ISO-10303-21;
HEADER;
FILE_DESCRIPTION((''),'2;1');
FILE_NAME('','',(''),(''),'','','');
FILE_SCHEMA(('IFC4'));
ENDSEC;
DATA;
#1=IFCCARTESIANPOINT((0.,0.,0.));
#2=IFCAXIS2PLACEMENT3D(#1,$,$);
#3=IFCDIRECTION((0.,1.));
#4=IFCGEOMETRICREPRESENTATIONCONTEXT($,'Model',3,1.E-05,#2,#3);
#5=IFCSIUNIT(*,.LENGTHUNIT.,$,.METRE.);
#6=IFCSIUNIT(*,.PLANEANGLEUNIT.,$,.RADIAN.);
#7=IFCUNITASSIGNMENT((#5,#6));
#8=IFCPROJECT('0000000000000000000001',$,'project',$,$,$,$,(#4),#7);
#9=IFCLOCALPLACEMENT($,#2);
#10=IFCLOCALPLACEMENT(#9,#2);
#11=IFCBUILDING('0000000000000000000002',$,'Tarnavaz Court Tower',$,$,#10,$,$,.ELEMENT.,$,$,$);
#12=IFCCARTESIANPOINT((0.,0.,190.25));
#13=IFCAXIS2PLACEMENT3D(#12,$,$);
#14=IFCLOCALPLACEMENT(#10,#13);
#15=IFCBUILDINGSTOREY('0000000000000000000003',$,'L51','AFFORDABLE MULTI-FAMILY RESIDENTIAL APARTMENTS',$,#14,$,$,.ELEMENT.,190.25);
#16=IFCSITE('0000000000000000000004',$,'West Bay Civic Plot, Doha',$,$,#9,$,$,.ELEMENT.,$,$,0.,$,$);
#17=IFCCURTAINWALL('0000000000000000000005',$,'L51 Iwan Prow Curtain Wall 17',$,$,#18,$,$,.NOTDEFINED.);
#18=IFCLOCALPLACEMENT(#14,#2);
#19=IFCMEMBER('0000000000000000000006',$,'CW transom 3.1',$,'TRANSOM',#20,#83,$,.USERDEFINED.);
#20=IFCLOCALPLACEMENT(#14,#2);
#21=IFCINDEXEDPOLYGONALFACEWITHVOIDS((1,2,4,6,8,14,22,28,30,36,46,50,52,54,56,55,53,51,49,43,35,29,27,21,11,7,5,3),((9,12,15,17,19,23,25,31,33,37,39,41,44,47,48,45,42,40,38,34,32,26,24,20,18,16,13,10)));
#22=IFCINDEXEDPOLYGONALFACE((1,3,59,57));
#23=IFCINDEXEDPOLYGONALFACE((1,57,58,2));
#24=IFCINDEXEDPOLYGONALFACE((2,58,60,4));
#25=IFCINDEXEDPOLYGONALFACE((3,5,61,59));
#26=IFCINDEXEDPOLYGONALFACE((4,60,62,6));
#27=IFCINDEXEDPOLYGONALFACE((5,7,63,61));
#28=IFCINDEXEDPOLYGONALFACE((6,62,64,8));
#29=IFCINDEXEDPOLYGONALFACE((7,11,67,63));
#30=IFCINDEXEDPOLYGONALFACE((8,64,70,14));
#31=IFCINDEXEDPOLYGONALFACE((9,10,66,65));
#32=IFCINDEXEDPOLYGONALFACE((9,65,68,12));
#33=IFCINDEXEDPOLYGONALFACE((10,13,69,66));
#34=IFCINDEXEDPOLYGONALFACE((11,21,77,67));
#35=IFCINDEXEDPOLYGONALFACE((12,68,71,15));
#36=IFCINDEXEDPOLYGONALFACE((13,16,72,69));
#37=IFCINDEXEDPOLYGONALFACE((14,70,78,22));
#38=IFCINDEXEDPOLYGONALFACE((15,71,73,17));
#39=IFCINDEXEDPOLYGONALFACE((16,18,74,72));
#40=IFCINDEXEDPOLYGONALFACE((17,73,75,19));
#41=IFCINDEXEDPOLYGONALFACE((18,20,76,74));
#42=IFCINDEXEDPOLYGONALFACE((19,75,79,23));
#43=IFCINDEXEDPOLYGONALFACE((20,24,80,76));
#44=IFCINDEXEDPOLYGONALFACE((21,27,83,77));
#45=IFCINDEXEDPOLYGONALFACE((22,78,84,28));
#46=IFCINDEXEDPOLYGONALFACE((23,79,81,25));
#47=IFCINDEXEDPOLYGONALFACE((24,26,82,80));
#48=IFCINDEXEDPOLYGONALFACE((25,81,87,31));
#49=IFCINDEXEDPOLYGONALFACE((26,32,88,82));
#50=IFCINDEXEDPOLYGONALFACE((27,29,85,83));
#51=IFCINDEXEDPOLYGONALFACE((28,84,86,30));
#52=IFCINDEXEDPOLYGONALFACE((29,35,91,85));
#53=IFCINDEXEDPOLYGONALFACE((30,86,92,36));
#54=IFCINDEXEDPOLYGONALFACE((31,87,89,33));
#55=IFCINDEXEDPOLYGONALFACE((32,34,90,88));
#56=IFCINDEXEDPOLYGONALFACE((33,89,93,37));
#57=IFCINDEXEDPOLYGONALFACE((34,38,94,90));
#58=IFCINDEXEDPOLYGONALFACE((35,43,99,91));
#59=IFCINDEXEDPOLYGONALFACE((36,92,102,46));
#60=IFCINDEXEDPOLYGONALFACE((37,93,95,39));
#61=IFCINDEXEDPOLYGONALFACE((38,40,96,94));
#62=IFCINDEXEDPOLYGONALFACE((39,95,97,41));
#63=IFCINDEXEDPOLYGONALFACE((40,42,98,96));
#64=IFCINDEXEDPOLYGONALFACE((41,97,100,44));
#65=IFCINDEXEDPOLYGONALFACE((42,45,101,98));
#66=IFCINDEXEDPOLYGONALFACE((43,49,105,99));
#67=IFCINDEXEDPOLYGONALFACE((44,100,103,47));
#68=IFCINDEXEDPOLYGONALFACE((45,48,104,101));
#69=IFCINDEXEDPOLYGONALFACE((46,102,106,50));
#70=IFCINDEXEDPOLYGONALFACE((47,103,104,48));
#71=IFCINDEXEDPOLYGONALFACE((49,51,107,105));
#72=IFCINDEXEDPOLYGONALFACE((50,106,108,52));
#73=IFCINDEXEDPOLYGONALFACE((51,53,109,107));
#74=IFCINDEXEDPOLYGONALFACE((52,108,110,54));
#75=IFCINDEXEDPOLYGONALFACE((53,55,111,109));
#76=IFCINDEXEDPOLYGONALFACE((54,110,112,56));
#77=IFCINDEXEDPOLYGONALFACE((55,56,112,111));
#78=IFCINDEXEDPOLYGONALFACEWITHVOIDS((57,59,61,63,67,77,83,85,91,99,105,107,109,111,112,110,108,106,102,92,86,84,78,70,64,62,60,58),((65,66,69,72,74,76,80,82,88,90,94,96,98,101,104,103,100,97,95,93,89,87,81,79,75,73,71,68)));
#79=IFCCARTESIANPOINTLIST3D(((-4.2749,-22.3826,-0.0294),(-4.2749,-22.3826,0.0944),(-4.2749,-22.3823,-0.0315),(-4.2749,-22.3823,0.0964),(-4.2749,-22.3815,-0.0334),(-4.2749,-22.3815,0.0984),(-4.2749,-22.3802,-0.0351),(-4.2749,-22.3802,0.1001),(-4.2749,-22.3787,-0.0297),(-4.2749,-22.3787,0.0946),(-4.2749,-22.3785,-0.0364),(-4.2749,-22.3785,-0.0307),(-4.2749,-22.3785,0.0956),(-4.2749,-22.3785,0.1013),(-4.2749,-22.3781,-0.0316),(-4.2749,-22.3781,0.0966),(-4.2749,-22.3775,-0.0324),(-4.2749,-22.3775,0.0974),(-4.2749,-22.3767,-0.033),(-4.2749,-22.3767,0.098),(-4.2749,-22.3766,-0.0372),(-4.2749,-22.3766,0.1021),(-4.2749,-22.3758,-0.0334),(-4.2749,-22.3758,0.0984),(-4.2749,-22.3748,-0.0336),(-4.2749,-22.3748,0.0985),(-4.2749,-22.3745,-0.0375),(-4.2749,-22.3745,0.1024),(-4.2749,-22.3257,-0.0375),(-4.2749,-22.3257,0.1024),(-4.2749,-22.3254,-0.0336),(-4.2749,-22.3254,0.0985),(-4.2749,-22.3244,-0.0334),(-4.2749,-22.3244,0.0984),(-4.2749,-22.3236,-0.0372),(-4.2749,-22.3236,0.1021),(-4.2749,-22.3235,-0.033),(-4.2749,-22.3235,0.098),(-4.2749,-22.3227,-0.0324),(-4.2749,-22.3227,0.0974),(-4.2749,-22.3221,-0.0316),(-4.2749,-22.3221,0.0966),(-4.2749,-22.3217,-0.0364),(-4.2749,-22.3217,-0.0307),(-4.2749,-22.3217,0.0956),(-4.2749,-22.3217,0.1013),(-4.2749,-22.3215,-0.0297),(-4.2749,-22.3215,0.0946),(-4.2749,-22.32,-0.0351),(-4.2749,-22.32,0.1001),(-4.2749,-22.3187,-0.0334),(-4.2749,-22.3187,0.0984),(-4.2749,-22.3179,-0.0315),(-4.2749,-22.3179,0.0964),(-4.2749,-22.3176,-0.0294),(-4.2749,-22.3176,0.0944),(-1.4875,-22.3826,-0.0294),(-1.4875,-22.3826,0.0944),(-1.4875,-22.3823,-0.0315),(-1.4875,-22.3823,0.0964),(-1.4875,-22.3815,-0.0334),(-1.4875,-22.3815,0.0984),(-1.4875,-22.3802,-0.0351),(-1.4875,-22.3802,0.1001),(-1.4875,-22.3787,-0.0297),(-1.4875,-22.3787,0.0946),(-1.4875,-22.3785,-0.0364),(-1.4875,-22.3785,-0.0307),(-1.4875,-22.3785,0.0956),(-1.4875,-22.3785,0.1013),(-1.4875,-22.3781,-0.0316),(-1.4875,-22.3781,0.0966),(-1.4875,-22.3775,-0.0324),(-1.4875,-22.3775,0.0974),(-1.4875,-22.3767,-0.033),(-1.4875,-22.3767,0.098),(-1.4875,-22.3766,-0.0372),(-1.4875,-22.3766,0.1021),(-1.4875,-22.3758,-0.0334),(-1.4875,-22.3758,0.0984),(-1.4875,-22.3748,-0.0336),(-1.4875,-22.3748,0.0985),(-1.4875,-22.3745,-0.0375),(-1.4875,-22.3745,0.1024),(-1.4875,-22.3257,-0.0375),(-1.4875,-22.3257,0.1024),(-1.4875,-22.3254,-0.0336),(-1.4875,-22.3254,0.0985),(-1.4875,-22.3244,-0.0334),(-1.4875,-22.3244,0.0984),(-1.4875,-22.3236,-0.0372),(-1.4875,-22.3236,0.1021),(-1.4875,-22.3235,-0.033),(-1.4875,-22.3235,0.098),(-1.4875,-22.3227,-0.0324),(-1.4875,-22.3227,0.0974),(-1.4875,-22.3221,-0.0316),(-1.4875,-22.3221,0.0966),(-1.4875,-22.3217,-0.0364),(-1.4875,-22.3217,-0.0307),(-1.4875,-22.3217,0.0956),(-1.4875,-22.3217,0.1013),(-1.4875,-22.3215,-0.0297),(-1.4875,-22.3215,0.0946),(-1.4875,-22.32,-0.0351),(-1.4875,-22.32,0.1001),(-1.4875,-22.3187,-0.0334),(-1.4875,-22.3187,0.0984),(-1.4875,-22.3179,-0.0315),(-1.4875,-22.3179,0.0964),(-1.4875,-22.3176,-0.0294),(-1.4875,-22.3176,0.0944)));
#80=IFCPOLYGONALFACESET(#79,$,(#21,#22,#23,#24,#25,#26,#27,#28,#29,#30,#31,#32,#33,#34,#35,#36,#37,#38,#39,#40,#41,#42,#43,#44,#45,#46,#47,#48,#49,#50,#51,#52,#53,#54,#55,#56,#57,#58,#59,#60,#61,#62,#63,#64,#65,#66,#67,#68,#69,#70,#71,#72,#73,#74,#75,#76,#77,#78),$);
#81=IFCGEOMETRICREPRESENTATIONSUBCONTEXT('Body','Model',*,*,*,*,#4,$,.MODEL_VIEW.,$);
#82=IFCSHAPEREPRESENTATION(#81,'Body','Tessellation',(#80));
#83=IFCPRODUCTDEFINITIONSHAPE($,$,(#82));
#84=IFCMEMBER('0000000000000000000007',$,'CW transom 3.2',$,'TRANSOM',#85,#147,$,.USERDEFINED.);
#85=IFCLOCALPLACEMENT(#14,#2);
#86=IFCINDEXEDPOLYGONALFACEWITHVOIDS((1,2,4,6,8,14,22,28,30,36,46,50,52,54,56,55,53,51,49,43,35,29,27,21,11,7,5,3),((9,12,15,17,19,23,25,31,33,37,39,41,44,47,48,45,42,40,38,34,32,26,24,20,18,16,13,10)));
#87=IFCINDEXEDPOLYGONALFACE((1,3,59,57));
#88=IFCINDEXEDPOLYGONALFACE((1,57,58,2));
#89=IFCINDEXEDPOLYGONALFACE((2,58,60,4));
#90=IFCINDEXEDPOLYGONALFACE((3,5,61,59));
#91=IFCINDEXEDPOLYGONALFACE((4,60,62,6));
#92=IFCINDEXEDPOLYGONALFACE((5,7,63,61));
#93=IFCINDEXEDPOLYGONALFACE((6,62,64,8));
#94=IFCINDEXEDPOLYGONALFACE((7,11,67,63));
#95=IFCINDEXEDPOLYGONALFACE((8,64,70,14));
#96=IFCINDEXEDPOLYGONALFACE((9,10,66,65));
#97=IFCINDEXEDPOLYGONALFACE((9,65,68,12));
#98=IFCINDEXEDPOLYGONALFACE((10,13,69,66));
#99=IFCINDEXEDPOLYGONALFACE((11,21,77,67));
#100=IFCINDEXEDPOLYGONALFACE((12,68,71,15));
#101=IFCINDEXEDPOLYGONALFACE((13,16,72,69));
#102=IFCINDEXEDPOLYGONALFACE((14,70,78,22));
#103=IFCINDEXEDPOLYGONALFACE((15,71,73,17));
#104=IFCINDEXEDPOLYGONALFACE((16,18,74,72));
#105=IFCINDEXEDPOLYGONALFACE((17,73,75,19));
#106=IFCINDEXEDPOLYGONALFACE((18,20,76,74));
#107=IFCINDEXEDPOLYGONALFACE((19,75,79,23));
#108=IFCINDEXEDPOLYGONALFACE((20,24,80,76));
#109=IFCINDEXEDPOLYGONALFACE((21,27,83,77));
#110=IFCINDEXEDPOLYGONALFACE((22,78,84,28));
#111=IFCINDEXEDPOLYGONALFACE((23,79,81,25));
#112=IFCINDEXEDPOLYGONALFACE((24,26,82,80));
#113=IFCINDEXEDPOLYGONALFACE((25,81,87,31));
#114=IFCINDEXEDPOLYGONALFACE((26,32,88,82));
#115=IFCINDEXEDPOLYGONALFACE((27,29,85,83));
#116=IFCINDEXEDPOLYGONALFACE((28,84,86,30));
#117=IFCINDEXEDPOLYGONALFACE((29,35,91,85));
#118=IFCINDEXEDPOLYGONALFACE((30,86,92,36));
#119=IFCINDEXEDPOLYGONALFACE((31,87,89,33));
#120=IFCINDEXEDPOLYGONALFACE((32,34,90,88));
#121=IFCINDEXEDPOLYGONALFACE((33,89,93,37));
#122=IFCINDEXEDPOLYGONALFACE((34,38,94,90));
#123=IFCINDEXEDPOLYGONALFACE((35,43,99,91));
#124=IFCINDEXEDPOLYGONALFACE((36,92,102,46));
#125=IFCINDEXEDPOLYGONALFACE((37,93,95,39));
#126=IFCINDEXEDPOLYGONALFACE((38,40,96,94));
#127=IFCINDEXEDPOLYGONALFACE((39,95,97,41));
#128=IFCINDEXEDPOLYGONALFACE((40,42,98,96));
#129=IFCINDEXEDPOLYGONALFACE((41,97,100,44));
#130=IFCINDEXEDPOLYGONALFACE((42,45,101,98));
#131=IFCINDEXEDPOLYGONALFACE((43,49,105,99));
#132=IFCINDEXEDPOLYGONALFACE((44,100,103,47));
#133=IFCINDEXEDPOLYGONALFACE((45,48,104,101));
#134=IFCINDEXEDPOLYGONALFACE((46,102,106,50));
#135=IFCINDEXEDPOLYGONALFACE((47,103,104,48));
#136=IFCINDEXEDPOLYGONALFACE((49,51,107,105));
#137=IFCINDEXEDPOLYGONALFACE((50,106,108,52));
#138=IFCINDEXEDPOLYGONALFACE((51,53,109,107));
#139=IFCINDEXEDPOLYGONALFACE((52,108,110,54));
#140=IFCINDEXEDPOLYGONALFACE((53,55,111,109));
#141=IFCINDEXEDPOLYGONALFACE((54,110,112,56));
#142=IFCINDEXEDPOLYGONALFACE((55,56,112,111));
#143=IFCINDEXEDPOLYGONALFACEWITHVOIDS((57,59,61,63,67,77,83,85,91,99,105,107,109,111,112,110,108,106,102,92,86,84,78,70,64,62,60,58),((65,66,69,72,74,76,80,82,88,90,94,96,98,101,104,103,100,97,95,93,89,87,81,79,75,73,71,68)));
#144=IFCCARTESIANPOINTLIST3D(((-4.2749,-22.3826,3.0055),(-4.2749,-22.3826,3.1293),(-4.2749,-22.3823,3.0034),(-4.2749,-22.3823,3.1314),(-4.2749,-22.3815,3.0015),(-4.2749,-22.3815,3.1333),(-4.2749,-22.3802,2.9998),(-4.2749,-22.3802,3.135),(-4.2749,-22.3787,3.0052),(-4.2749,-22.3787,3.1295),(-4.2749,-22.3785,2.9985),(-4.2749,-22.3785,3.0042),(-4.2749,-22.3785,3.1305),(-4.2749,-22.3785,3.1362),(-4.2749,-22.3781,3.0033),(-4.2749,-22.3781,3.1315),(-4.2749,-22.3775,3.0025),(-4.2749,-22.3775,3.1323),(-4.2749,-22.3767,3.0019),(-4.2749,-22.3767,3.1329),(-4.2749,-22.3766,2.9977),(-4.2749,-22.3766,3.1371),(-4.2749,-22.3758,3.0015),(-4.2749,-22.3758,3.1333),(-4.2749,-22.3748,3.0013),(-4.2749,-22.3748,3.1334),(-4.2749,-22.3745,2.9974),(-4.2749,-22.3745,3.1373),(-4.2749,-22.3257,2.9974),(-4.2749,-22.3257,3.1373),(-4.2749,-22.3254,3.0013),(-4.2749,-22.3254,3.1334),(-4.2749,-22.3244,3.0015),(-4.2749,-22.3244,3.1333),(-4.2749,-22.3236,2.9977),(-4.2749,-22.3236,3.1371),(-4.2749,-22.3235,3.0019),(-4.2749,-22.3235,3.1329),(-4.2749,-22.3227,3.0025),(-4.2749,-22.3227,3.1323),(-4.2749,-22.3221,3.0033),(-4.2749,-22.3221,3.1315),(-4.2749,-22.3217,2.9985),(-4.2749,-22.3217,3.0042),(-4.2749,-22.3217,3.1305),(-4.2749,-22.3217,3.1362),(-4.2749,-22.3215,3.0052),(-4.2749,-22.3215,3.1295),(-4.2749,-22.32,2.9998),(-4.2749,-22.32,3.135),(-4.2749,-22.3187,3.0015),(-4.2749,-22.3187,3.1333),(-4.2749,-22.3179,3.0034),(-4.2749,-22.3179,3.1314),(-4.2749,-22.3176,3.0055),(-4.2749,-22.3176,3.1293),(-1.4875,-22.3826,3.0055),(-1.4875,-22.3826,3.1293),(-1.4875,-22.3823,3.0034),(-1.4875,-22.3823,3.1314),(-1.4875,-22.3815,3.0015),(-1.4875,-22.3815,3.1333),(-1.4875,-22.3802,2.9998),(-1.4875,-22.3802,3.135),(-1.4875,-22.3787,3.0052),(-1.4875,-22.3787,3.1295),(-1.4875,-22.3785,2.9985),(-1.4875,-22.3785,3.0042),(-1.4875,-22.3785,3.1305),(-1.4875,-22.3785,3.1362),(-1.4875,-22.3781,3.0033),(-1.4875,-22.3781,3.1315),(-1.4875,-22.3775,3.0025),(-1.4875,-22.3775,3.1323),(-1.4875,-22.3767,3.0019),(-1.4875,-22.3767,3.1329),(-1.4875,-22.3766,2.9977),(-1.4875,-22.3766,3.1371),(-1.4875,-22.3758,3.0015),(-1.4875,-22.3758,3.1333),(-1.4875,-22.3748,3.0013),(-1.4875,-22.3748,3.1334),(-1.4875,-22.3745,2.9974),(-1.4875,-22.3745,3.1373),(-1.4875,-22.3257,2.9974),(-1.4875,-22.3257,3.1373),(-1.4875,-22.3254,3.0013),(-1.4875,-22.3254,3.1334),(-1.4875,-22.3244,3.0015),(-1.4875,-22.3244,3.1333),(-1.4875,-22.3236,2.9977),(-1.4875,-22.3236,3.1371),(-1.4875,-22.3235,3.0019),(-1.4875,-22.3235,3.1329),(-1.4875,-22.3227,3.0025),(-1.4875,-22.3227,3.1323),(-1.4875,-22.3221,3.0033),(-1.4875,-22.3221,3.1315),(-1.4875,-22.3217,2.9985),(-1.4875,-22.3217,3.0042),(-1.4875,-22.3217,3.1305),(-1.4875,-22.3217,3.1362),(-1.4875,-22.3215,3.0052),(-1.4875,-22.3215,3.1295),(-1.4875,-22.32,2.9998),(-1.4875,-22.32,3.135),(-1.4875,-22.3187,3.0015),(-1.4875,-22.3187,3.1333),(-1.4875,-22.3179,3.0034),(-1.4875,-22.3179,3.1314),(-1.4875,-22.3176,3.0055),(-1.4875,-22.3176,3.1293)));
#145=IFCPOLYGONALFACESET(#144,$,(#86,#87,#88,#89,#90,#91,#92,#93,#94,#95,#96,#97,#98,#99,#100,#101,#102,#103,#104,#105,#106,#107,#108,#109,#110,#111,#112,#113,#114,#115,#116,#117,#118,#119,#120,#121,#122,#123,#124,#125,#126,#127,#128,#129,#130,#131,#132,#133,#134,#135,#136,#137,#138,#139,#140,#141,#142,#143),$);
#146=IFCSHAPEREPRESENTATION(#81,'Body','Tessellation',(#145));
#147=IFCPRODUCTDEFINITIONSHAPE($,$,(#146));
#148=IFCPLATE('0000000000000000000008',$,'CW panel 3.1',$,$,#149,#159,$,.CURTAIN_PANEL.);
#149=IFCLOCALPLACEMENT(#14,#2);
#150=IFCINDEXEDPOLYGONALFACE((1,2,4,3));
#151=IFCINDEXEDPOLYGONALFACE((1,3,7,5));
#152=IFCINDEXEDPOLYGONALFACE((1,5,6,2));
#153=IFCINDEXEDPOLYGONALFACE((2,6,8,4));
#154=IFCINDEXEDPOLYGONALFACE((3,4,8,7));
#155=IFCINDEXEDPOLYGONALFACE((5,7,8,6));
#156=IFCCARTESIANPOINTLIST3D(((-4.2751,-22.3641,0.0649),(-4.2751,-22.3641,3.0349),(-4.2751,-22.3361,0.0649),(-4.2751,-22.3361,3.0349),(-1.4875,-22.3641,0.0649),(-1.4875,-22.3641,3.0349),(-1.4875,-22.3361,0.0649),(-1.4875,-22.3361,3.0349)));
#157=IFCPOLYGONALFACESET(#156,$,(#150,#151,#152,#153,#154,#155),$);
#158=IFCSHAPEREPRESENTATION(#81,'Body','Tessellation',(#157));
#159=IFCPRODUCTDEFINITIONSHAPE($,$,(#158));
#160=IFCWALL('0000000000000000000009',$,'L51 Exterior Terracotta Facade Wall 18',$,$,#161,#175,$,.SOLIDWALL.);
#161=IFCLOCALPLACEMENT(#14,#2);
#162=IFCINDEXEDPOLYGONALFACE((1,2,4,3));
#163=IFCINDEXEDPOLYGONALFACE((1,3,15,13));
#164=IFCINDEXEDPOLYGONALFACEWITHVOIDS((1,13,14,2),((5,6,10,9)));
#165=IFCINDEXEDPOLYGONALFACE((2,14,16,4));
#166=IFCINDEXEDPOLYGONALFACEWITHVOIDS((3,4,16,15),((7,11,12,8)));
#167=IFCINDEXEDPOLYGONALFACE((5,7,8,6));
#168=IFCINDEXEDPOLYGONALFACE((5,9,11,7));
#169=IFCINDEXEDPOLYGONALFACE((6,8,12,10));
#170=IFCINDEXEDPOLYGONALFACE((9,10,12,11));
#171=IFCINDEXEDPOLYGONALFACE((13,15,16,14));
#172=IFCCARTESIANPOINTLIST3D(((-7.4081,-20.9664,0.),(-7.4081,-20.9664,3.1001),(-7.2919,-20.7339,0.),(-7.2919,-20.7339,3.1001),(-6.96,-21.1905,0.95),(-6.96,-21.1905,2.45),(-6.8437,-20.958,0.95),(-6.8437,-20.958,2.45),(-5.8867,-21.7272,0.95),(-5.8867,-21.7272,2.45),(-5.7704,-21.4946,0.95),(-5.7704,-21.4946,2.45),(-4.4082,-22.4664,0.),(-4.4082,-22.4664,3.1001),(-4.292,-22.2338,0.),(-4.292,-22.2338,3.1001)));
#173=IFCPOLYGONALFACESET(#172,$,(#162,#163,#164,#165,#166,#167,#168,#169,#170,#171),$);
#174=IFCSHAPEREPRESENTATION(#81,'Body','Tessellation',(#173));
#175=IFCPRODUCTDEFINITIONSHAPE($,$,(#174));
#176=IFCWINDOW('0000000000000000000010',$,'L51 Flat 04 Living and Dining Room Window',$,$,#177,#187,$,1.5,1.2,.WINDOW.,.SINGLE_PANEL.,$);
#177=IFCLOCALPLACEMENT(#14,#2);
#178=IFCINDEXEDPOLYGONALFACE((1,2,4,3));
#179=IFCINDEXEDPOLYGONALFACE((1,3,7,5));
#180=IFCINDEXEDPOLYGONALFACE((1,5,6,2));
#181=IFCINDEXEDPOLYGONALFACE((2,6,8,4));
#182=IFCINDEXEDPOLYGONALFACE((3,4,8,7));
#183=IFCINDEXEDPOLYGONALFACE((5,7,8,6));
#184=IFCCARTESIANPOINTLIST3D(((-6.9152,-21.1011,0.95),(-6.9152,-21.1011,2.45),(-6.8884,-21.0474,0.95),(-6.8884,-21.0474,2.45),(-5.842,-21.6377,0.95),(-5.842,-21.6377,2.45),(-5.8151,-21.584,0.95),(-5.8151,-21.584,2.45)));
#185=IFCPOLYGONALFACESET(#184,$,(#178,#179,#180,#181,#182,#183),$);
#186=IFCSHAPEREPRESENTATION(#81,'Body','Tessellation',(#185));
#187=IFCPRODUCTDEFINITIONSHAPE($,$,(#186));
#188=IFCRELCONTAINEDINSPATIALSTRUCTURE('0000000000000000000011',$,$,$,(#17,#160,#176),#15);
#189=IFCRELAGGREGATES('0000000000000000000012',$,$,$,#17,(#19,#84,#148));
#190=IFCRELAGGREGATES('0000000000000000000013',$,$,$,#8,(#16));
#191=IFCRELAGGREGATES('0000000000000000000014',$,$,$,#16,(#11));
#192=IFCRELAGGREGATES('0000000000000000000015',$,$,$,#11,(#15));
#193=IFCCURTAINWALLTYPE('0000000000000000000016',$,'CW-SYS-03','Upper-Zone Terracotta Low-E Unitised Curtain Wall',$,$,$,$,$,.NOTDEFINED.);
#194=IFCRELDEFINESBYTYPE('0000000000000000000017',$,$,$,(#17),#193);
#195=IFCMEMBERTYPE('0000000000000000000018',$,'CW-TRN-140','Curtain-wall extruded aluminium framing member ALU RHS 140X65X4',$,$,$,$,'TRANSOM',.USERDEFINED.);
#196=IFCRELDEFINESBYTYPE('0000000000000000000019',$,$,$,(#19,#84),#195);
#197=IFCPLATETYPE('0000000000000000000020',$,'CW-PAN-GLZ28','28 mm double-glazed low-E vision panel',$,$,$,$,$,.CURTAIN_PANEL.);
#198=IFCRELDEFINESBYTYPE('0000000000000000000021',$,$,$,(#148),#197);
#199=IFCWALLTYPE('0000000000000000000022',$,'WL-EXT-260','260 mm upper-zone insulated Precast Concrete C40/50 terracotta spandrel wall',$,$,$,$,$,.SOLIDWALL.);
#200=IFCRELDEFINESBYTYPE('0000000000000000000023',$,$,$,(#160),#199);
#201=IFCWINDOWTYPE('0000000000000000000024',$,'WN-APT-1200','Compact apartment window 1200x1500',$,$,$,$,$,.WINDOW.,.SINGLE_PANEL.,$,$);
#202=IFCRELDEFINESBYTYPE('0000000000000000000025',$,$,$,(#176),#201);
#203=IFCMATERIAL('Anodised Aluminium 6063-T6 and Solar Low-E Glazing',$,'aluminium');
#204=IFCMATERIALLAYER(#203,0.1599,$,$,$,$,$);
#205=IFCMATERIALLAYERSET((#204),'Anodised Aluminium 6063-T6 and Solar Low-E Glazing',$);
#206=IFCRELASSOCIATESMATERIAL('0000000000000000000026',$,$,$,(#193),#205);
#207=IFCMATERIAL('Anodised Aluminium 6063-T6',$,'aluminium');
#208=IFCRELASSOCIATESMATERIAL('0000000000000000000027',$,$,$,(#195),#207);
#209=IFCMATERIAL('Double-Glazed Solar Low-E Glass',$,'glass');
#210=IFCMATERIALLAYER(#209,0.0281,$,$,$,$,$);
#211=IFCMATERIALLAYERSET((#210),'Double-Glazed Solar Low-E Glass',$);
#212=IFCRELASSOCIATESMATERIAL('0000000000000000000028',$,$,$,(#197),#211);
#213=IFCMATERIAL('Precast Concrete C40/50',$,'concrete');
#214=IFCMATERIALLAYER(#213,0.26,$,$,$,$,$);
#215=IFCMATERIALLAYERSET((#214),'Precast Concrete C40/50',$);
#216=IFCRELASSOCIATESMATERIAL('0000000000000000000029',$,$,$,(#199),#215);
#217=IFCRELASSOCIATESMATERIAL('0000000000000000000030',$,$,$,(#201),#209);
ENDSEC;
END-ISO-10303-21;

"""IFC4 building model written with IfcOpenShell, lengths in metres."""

from ifc_helpers import new_model, si_unit, direction, frame, frame_2d, origin, origin_2d, place, context, subcontext, project, spatial, rectangle, hollow_rectangle, extrude, material, layer, layer_set, material_profile, profile_set, type_object, element, fill, aggregate, save


model = new_model("IFC4")

# Units and contexts
model_context = context("Model", 3, precision=1e-05, world=origin(), true_north=direction((0.0, 1.0)))
body_context = subcontext(model_context, "Body", "Model", "MODEL_VIEW")
ifc_project = project(units=[si_unit("LENGTHUNIT", "METRE"), si_unit("PLANEANGLEUNIT", "RADIAN")], contexts=[model_context])

# Site, building, storey
site_placement = place(None, origin())
site = spatial("IfcSite", under=ifc_project, at=site_placement, Name="West Bay Civic Plot, Doha", CompositionType="ELEMENT", RefElevation=0.0)
building_placement = place(site_placement, origin())
building = spatial("IfcBuilding", under=site, at=building_placement, Name="Tarnavaz Court Tower", CompositionType="ELEMENT")
storey_placement = place(building_placement, frame((0.0, 0.0, 190.25)))
storey = spatial("IfcBuildingStorey", under=building, at=storey_placement, Name="L51", Description="AFFORDABLE MULTI-FAMILY RESIDENTIAL APARTMENTS", CompositionType="ELEMENT", Elevation=190.25)

# Curtain wall, members, plate
ifc_material_1 = material(Name="Anodised Aluminium 6063-T6 and Solar Low-E Glazing", Category="aluminium")
ifc_layer_1 = layer(ifc_material_1, 0.1599)
ifc_layer_set_1 = layer_set([ifc_layer_1], Name="Anodised Aluminium 6063-T6 and Solar Low-E Glazing")
curtain_wall_type = type_object("IfcCurtainWallType", Name="CW-SYS-03", Description="Upper-Zone Terracotta Low-E Unitised Curtain Wall", PredefinedType="NOTDEFINED", material=ifc_layer_set_1)
curtain_wall_placement = place(storey_placement, origin())
curtain_wall = element("IfcCurtainWall", 1, at=curtain_wall_placement, inside=storey, type_object=curtain_wall_type, Name="L51 Iwan Prow Curtain Wall 17", PredefinedType="NOTDEFINED")
ifc_material_2 = material(Name="Anodised Aluminium 6063-T6", Category="aluminium")
ifc_material_profile_1 = material_profile(ifc_material_2, hollow_rectangle(XDim=0.0649, YDim=0.1399, WallThickness=0.0039, InnerFilletRadius=0.0039, OuterFilletRadius=0.0081, at=origin_2d()), Name="ALU RHS 140X65X4")
ifc_profile_set_1 = profile_set([ifc_material_profile_1], Name="Anodised Aluminium 6063-T6")
member_type_1 = type_object("IfcMemberType", Name="CW-TRN-140", Description="Curtain-wall extruded aluminium framing member ALU RHS 140X65X4", ElementType="TRANSOM", PredefinedType="USERDEFINED", material=ifc_profile_set_1)
member_1_placement = place(storey_placement, frame((-1.4875, -22.3501, 0.0325), z_axis=(-1.0, 0.0, 0.0), x_axis=(0.0, -1.0, 0.0)))
member_1 = element("IfcMember", 2, at=member_1_placement, type_object=member_type_1, Name="CW transom 3.1", ObjectType="TRANSOM", PredefinedType="USERDEFINED", context=body_context, shape_type="SweptSolid", body=[
    extrude(hollow_rectangle(XDim=0.0649, YDim=0.1399, WallThickness=0.0039, InnerFilletRadius=0.0039, OuterFilletRadius=0.0081, at=origin_2d()), origin(), (0.0, 0.0, 1.0), 2.7874),
])
member_2_placement = place(storey_placement, frame((-1.4875, -22.3501, 3.0674), z_axis=(-1.0, 0.0, 0.0), x_axis=(0.0, -1.0, 0.0)))
member_2 = element("IfcMember", 3, at=member_2_placement, type_object=member_type_1, Name="CW transom 3.2", ObjectType="TRANSOM", PredefinedType="USERDEFINED", context=body_context, shape_type="SweptSolid", body=[
    extrude(hollow_rectangle(XDim=0.0649, YDim=0.1399, WallThickness=0.0039, InnerFilletRadius=0.0039, OuterFilletRadius=0.0081, at=origin_2d()), origin(), (0.0, 0.0, 1.0), 2.7874),
])
ifc_material_3 = material(Name="Double-Glazed Solar Low-E Glass", Category="glass")
ifc_layer_2 = layer(ifc_material_3, 0.0281)
ifc_layer_set_2 = layer_set([ifc_layer_2], Name="Double-Glazed Solar Low-E Glass")
plate_type = type_object("IfcPlateType", Name="CW-PAN-GLZ28", Description="28 mm double-glazed low-E vision panel", PredefinedType="CURTAIN_PANEL", material=ifc_layer_set_2)
plate_placement = place(storey_placement, frame((-2.8813, -22.3501, 0.0649), z_axis=(0.0, 0.0, 1.0), x_axis=(-1.0, 0.0, 0.0)))
plate = element("IfcPlate", 4, at=plate_placement, type_object=plate_type, Name="CW panel 3.1", PredefinedType="CURTAIN_PANEL", context=body_context, shape_type="SweptSolid", body=[
    extrude(rectangle(XDim=2.7876, YDim=0.0281, at=origin_2d()), origin(), (0.0, 0.0, 1.0), 2.97),
])
aggregate(curtain_wall, [member_1, member_2, plate])

# Wall, opening, window
ifc_material_4 = material(Name="Precast Concrete C40/50", Category="concrete")
ifc_layer_3 = layer(ifc_material_4, 0.26)
ifc_layer_set_3 = layer_set([ifc_layer_3], Name="Precast Concrete C40/50")
wall_type_1 = type_object("IfcWallType", Name="WL-EXT-260", Description="260 mm upper-zone insulated Precast Concrete C40/50 terracotta spandrel wall", PredefinedType="SOLIDWALL", material=ifc_layer_set_3)
wall_1_placement = place(storey_placement, frame((-4.3501, -22.3501, 0.0), z_axis=(0.0, 0.0, 1.0), x_axis=(-0.894427, 0.447214, 0.0)))
wall_1 = element("IfcWall", 5, at=wall_1_placement, inside=storey, type_object=wall_type_1, Name="L51 Exterior Terracotta Facade Wall 18", PredefinedType="SOLIDWALL", context=body_context, shape_type="SweptSolid", body=[
    extrude(rectangle(XDim=3.354, YDim=0.26, at=frame_2d((1.677, 0.0))), origin(), (0.0, 0.0, 1.0), 3.1001),
])
opening_1_placement = place(wall_1_placement, frame((1.6528, 0.0, 0.95)))
opening_1 = element("IfcOpeningElement", 6, at=opening_1_placement, cuts=wall_1, PredefinedType="OPENING", context=body_context, shape_type="SweptSolid", body=[
    extrude(rectangle(XDim=1.2, YDim=1.5, at=frame_2d((0.6001, 0.75))), frame((0.0, 0.1399, 0.0), z_axis=(0.0, -1.0, 0.0), x_axis=(1.0, 0.0, 0.0)), (0.0, 0.0, 1.0), 0.28),
])
window_type_1 = type_object("IfcWindowType", Name="WN-APT-1200", Description="Compact apartment window 1200x1500", PartitioningType="SINGLE_PANEL", PredefinedType="WINDOW", material=ifc_material_3)
window_1_placement = place(opening_1_placement, origin())
window_1 = element("IfcWindow", 7, at=window_1_placement, inside=storey, type_object=window_type_1, Name="L51 Flat 04 Living and Dining Room Window", OverallHeight=1.5, OverallWidth=1.2, PartitioningType="SINGLE_PANEL", PredefinedType="WINDOW", context=body_context, shape_type="SweptSolid", body=[
    extrude(rectangle(XDim=1.2, YDim=1.5, at=frame_2d((0.6001, 0.75))), frame((0.0, 0.03, 0.0), z_axis=(0.0, -1.0, 0.0), x_axis=(1.0, 0.0, 0.0)), (0.0, 0.0, 1.0), 0.0601),
])
fill(opening_1, window_1)

save(model, "model.ifc")
